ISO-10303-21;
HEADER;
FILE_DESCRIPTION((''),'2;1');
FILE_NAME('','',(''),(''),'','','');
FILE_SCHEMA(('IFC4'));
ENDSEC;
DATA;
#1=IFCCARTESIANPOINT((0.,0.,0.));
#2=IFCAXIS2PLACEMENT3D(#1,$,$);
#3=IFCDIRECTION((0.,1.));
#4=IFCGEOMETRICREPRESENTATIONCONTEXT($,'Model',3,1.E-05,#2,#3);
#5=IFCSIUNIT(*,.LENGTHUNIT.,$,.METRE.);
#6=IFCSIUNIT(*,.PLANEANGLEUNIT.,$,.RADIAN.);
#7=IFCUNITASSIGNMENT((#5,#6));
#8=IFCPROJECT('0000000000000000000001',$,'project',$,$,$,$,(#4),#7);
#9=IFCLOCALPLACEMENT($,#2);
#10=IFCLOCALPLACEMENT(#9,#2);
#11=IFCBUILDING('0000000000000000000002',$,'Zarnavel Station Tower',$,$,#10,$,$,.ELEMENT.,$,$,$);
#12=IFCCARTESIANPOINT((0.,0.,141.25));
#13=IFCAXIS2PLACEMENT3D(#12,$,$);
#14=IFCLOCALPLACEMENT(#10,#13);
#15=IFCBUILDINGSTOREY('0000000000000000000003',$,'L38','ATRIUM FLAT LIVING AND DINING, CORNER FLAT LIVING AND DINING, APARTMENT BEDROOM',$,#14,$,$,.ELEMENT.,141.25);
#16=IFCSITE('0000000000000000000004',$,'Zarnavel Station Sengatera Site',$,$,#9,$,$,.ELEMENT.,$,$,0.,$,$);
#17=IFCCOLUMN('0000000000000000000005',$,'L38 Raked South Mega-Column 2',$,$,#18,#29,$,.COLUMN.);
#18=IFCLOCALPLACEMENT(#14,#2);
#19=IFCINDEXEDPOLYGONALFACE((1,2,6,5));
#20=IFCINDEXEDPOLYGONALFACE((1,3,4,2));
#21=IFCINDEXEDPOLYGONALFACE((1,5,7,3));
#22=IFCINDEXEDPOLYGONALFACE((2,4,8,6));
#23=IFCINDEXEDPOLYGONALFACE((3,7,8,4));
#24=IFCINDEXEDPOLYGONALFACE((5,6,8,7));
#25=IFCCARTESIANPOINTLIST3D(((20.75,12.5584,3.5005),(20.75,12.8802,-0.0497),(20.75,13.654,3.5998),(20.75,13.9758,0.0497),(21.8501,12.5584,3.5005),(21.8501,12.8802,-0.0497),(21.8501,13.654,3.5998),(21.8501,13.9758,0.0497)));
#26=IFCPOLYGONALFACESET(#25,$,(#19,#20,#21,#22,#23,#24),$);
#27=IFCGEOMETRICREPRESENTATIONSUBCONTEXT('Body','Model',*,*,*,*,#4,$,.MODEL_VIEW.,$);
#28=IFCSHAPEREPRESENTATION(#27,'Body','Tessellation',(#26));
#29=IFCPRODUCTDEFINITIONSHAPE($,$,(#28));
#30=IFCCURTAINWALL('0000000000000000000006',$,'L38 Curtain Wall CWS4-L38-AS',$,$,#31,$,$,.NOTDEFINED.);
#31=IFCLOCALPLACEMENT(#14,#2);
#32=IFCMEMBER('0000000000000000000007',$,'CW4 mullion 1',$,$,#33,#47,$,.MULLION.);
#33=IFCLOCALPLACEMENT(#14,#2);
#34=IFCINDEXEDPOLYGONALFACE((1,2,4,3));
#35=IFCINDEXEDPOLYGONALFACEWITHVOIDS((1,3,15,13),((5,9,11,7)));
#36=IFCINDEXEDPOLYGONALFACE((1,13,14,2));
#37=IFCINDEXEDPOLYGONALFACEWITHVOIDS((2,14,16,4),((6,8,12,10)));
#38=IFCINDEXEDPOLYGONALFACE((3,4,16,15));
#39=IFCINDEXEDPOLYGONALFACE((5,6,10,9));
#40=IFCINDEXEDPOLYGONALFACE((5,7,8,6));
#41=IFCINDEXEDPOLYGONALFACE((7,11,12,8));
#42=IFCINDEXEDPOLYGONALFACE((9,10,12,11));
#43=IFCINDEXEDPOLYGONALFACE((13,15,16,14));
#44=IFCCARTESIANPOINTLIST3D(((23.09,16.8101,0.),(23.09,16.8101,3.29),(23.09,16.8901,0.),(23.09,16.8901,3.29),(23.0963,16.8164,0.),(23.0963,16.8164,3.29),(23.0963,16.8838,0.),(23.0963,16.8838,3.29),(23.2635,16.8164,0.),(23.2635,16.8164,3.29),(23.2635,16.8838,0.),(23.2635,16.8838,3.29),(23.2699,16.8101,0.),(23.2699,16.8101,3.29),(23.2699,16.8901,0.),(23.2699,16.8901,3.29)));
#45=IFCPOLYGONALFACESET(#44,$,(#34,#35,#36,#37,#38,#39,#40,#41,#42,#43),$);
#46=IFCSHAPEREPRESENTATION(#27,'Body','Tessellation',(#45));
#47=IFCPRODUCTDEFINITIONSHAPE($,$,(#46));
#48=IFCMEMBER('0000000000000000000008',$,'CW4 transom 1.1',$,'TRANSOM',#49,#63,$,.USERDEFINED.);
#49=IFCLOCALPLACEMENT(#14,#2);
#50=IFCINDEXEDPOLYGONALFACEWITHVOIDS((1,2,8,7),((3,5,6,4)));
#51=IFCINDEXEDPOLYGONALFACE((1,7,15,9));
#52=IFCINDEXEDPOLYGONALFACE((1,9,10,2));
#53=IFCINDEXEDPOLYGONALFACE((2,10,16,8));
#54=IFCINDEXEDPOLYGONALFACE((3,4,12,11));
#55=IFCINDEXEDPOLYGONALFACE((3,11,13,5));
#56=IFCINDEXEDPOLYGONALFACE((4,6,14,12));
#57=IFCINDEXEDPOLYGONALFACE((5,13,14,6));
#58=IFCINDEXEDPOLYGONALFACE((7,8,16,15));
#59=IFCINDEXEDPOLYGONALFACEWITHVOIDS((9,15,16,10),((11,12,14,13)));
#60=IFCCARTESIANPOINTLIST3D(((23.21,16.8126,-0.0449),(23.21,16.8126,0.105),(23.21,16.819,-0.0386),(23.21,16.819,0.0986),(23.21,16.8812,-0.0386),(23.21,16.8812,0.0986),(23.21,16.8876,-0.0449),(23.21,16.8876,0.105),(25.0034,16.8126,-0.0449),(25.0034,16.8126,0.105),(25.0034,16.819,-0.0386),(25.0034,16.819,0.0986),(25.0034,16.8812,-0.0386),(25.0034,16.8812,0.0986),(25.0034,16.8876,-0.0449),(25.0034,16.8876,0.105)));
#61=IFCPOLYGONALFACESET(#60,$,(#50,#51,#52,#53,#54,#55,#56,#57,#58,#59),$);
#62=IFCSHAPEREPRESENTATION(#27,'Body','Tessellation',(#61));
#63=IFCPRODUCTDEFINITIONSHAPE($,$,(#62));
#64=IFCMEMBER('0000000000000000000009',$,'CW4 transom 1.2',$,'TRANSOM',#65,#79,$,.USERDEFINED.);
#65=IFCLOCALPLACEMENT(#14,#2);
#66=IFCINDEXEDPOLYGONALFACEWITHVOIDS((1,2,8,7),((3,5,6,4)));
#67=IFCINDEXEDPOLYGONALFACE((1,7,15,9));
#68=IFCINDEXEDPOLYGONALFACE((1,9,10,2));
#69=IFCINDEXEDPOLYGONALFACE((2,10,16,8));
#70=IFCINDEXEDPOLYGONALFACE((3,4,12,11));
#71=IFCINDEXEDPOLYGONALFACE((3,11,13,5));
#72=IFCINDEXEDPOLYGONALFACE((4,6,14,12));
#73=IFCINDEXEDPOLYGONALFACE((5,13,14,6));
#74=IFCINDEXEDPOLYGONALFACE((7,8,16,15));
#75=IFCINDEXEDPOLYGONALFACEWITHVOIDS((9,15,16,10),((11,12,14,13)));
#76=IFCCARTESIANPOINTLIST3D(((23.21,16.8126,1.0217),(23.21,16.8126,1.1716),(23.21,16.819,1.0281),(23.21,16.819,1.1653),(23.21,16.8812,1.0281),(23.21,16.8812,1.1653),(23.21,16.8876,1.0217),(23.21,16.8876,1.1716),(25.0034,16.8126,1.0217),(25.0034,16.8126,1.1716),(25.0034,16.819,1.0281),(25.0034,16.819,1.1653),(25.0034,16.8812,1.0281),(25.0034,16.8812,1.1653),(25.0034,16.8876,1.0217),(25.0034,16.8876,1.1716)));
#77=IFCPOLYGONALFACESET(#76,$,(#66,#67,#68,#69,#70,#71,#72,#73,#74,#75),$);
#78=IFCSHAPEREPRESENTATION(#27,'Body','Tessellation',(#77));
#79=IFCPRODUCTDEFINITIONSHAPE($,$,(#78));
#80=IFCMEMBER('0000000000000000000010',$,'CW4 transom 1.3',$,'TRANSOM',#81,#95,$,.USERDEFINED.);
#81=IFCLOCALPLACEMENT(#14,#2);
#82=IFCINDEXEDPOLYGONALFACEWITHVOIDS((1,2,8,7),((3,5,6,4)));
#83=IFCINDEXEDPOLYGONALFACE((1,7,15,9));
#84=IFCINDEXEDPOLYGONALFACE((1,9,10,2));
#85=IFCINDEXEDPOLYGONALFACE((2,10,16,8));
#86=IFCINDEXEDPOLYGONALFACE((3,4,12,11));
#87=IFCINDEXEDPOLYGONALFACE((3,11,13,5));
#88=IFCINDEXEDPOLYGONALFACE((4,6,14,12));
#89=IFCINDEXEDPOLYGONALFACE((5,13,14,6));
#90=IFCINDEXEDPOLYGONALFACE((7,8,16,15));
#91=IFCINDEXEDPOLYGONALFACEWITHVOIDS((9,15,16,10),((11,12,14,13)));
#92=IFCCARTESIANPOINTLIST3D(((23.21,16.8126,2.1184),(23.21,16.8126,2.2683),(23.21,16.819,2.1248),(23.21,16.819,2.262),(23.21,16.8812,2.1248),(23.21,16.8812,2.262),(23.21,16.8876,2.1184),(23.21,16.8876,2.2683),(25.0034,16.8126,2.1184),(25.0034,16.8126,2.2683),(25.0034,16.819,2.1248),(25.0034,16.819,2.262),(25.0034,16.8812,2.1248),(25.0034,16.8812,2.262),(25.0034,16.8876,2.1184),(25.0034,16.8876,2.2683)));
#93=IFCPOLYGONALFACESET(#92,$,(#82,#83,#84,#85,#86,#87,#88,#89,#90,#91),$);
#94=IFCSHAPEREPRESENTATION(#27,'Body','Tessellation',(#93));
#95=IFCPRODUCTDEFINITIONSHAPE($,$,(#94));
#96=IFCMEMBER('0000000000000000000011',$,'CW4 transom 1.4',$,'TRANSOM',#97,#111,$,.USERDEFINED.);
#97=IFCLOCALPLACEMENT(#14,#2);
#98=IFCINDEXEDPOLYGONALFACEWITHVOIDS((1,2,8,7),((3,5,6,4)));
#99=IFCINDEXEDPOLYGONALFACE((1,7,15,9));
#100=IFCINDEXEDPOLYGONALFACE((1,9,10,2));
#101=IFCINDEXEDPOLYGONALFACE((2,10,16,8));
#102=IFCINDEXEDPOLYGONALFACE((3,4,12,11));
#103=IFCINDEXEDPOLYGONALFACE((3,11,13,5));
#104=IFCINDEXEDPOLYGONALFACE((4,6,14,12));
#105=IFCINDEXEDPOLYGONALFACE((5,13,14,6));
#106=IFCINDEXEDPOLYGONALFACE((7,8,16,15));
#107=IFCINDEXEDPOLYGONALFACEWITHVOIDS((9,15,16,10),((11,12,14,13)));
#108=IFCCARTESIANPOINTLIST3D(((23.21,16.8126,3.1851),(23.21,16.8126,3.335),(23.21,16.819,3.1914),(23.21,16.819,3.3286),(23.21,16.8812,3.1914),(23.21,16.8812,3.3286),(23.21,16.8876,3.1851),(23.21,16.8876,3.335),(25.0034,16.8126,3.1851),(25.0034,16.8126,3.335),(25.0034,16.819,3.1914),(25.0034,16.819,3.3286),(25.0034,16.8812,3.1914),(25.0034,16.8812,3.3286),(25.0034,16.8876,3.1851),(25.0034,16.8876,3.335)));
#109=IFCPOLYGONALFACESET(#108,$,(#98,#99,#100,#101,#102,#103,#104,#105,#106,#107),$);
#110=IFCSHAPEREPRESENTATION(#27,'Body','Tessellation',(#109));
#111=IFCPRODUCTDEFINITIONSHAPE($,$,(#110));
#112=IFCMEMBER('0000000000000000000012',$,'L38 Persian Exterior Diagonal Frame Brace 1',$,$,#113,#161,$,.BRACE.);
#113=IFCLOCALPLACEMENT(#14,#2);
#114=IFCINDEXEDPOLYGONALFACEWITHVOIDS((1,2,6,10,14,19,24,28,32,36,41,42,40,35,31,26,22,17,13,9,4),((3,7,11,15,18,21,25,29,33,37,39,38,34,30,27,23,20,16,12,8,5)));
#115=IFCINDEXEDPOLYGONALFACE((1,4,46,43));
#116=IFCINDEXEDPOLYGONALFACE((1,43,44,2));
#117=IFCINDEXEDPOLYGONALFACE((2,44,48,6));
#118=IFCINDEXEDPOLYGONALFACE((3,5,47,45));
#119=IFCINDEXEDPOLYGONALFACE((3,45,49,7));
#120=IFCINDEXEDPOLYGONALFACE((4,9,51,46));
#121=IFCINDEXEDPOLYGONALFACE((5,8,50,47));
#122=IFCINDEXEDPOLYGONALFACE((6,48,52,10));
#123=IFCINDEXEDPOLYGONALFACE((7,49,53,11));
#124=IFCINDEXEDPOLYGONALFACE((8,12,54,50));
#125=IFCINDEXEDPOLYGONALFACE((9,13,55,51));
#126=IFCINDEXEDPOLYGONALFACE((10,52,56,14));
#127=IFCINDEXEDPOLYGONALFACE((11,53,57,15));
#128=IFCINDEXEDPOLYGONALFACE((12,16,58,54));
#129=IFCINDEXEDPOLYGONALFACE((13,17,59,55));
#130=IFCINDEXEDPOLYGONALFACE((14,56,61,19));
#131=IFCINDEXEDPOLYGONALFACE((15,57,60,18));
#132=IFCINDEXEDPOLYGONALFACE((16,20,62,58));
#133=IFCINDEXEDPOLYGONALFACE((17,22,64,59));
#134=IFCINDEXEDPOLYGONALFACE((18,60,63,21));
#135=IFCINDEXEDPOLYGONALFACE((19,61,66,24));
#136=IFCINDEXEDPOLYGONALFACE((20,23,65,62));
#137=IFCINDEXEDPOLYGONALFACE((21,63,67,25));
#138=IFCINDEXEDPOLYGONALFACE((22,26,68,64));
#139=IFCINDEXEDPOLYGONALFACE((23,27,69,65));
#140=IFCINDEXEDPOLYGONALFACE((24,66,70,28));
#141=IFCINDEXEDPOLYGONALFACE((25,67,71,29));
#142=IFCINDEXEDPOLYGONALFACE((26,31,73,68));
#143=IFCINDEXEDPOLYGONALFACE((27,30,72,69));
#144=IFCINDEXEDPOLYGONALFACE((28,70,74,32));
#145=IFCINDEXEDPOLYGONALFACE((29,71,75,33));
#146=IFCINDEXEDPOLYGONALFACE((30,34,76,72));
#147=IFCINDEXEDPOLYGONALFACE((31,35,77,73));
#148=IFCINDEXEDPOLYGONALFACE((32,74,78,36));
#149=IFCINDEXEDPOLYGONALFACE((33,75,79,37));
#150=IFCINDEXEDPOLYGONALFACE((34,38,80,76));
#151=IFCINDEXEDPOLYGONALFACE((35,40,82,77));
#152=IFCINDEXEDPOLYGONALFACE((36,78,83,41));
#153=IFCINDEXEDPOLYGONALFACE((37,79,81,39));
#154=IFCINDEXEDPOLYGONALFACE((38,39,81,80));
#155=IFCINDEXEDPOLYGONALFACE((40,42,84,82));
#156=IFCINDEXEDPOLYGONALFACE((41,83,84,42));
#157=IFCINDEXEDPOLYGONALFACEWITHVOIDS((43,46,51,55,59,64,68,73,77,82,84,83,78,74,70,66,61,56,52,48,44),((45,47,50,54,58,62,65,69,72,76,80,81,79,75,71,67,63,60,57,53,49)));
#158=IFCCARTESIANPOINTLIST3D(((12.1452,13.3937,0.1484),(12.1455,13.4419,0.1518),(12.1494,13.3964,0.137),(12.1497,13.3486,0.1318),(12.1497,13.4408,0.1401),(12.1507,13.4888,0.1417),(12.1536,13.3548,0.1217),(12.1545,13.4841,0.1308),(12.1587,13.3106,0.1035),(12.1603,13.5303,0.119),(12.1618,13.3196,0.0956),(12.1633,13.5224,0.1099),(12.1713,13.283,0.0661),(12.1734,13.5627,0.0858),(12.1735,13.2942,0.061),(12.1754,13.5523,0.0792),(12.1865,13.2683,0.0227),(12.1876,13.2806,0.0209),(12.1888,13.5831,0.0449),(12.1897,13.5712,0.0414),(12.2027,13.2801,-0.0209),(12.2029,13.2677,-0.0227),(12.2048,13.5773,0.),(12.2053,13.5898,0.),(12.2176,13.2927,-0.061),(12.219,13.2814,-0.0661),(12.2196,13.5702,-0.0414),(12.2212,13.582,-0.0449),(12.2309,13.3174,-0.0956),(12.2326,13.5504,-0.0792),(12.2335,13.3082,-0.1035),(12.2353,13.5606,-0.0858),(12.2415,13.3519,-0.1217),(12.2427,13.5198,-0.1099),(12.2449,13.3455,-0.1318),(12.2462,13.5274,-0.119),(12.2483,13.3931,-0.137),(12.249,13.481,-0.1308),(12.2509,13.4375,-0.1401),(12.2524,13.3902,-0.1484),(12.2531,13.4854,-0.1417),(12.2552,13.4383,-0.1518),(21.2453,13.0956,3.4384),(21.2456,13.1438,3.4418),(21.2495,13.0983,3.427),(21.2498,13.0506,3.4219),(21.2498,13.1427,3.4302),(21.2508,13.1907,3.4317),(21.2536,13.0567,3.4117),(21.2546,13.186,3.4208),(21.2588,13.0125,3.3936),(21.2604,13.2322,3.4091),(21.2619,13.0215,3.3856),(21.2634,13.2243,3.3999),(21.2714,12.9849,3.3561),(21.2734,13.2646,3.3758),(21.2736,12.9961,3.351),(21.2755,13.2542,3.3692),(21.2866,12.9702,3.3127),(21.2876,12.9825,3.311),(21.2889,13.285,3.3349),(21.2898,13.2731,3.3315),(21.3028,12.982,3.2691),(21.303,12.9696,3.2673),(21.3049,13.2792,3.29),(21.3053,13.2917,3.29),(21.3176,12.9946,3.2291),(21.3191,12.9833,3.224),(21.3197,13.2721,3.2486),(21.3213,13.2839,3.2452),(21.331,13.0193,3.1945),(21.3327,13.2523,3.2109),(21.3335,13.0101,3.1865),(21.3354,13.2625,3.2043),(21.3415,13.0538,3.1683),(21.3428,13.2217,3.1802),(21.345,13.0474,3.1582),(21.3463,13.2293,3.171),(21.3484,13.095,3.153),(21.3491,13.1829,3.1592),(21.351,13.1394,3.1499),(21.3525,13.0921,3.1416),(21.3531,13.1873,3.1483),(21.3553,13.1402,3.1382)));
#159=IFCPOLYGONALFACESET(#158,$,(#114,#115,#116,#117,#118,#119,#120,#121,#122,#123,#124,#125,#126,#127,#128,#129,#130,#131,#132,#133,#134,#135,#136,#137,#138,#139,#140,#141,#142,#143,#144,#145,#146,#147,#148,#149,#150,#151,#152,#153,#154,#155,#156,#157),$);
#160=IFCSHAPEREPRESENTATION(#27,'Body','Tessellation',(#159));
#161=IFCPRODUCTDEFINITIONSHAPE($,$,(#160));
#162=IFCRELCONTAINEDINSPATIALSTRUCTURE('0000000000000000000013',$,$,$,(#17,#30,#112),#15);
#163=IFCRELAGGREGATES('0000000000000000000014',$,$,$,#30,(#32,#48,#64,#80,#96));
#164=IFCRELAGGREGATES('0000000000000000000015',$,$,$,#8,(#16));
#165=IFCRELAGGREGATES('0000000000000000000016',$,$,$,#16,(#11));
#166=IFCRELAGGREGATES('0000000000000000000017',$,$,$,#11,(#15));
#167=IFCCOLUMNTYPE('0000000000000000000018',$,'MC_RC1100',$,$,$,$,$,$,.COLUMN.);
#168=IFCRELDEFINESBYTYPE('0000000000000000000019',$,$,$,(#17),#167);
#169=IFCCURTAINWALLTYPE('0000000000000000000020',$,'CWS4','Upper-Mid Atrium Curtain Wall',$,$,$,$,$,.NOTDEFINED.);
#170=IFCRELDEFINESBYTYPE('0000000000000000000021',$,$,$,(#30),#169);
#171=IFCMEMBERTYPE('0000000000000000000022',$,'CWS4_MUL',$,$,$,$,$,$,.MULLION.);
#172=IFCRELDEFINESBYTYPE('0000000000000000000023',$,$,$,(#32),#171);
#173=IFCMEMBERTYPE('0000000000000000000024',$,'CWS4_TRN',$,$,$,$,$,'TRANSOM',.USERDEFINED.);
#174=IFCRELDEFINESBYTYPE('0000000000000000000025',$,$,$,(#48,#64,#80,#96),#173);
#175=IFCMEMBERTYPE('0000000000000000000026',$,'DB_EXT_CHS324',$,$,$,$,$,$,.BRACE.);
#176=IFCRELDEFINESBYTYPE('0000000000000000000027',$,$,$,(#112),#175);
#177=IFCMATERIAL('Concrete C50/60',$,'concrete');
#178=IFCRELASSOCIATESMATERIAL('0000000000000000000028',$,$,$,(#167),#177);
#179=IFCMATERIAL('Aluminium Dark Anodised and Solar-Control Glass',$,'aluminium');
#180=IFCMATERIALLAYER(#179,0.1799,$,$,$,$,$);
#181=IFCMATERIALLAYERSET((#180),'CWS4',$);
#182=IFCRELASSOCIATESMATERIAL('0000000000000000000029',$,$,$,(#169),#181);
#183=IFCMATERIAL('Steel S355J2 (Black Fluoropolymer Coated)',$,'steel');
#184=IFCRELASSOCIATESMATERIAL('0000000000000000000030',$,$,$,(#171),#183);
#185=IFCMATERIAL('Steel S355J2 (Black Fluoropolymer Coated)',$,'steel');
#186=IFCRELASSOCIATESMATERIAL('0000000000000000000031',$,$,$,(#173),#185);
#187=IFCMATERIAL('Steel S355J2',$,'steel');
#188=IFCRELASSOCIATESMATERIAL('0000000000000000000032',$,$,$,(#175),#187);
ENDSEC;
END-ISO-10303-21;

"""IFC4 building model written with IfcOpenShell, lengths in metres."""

from ifc_helpers import new_model, si_unit, direction, frame, origin, origin_2d, place, context, subcontext, project, spatial, rectangle, hollow_rectangle, hollow_circle, extrude, material, layer, layer_set, material_profile, profile_set, type_object, element, aggregate, save


model = new_model("IFC4")

# Units and contexts
model_context = context("Model", 3, precision=1e-05, world=origin(), true_north=direction((0.0, 1.0)))
body_context = subcontext(model_context, "Body", "Model", "MODEL_VIEW")
ifc_project = project(units=[si_unit("LENGTHUNIT", "METRE"), si_unit("PLANEANGLEUNIT", "RADIAN")], contexts=[model_context])

# Site, building, storey
site_placement = place(None, origin())
site = spatial("IfcSite", under=ifc_project, at=site_placement, Name="Zarnavel Station Sengatera Site", CompositionType="ELEMENT", RefElevation=0.0)
building_placement = place(site_placement, origin())
building = spatial("IfcBuilding", under=site, at=building_placement, Name="Zarnavel Station Tower", CompositionType="ELEMENT")
storey_placement = place(building_placement, frame((0.0, 0.0, 141.25)))
storey = spatial("IfcBuildingStorey", under=building, at=storey_placement, Name="L38", Description="ATRIUM FLAT LIVING AND DINING, CORNER FLAT LIVING AND DINING, APARTMENT BEDROOM", CompositionType="ELEMENT", Elevation=141.25)

# Column
ifc_material_1 = material(Name="Concrete C50/60", Category="concrete")
ifc_material_profile_1 = material_profile(ifc_material_1, rectangle(XDim=1.1001, YDim=1.1001, at=origin_2d()), Name="RC1100x1100")
ifc_profile_set_1 = profile_set([ifc_material_profile_1], Name="Concrete C50/60")
column_type = type_object("IfcColumnType", Name="MC_RC1100", PredefinedType="COLUMN", material=ifc_profile_set_1)
column_placement = place(storey_placement, frame((21.3, 13.428, 0.0), z_axis=(0.0, -0.09027, 0.995917), x_axis=(1.0, 0.0, 0.0)))
element("IfcColumn", 1, at=column_placement, inside=storey, type_object=column_type, Name="L38 Raked South Mega-Column 2", PredefinedType="COLUMN", context=body_context, shape_type="SweptSolid", body=[
    extrude(rectangle(XDim=1.1001, YDim=1.1001, at=origin_2d()), origin(), (0.0, 0.0, 1.0), 3.5647),
])

# Curtain wall, members
ifc_material_2 = material(Name="Aluminium Dark Anodised and Solar-Control Glass", Category="aluminium")
ifc_layer_1 = layer(ifc_material_2, 0.1799)
ifc_layer_set_1 = layer_set([ifc_layer_1], Name="CWS4")
curtain_wall_type = type_object("IfcCurtainWallType", Name="CWS4", Description="Upper-Mid Atrium Curtain Wall", PredefinedType="NOTDEFINED", material=ifc_layer_set_1)
curtain_wall_placement = place(storey_placement, origin())
curtain_wall = element("IfcCurtainWall", 2, at=curtain_wall_placement, inside=storey, type_object=curtain_wall_type, Name="L38 Curtain Wall CWS4-L38-AS", PredefinedType="NOTDEFINED")
ifc_material_3 = material(Name="Steel S355J2 (Black Fluoropolymer Coated)", Category="steel")
ifc_material_profile_2 = material_profile(ifc_material_3, hollow_rectangle(XDim=0.0801, YDim=0.1799, WallThickness=0.0063, at=origin_2d()), Name="RHS180x80x6.3")
ifc_profile_set_2 = profile_set([ifc_material_profile_2], Name="Steel S355J2 (Black Fluoropolymer Coated)")
member_type_1 = type_object("IfcMemberType", Name="CWS4_MUL", PredefinedType="MULLION", material=ifc_profile_set_2)
member_1_placement = place(storey_placement, frame((23.1799, 16.8501, 0.0), z_axis=(0.0, 0.0, 1.0), x_axis=(0.0, 1.0, 0.0)))
member_1 = element("IfcMember", 3, at=member_1_placement, type_object=member_type_1, Name="CW4 mullion 1", PredefinedType="MULLION", context=body_context, shape_type="SweptSolid", body=[
    extrude(hollow_rectangle(XDim=0.0801, YDim=0.1799, WallThickness=0.0063, at=origin_2d()), origin(), (0.0, 0.0, 1.0), 3.29),
])
ifc_material_4 = material(Name="Steel S355J2 (Black Fluoropolymer Coated)", Category="steel")
ifc_material_profile_3 = material_profile(ifc_material_4, hollow_rectangle(XDim=0.075, YDim=0.1499, WallThickness=0.0063, at=origin_2d()), Name="RHS150x75x6.3")
ifc_profile_set_3 = profile_set([ifc_material_profile_3], Name="Steel S355J2 (Black Fluoropolymer Coated)")
member_type_2 = type_object("IfcMemberType", Name="CWS4_TRN", ElementType="TRANSOM", PredefinedType="USERDEFINED", material=ifc_profile_set_3)
member_2_placement = place(storey_placement, frame((23.21, 16.8501, 0.03), z_axis=(1.0, 0.0, 0.0), x_axis=(0.0, 1.0, 0.0)))
member_2 = element("IfcMember", 4, at=member_2_placement, type_object=member_type_2, Name="CW4 transom 1.1", ObjectType="TRANSOM", PredefinedType="USERDEFINED", context=body_context, shape_type="SweptSolid", body=[
    extrude(hollow_rectangle(XDim=0.075, YDim=0.1499, WallThickness=0.0063, at=origin_2d()), origin(), (0.0, 0.0, 1.0), 1.7935),
])
member_3_placement = place(storey_placement, frame((23.21, 16.8501, 1.0967), z_axis=(1.0, 0.0, 0.0), x_axis=(0.0, 1.0, 0.0)))
member_3 = element("IfcMember", 5, at=member_3_placement, type_object=member_type_2, Name="CW4 transom 1.2", ObjectType="TRANSOM", PredefinedType="USERDEFINED", context=body_context, shape_type="SweptSolid", body=[
    extrude(hollow_rectangle(XDim=0.075, YDim=0.1499, WallThickness=0.0063, at=origin_2d()), origin(), (0.0, 0.0, 1.0), 1.7935),
])
member_4_placement = place(storey_placement, frame((23.21, 16.8501, 2.1934), z_axis=(1.0, 0.0, 0.0), x_axis=(0.0, 1.0, 0.0)))
member_4 = element("IfcMember", 6, at=member_4_placement, type_object=member_type_2, Name="CW4 transom 1.3", ObjectType="TRANSOM", PredefinedType="USERDEFINED", context=body_context, shape_type="SweptSolid", body=[
    extrude(hollow_rectangle(XDim=0.075, YDim=0.1499, WallThickness=0.0063, at=origin_2d()), origin(), (0.0, 0.0, 1.0), 1.7935),
])
member_5_placement = place(storey_placement, frame((23.21, 16.8501, 3.26), z_axis=(1.0, 0.0, 0.0), x_axis=(0.0, 1.0, 0.0)))
member_5 = element("IfcMember", 7, at=member_5_placement, type_object=member_type_2, Name="CW4 transom 1.4", ObjectType="TRANSOM", PredefinedType="USERDEFINED", context=body_context, shape_type="SweptSolid", body=[
    extrude(hollow_rectangle(XDim=0.075, YDim=0.1499, WallThickness=0.0063, at=origin_2d()), origin(), (0.0, 0.0, 1.0), 1.7935),
])
aggregate(curtain_wall, [member_1, member_2, member_3, member_4, member_5])

# Member
ifc_material_5 = material(Name="Steel S355J2", Category="steel")
ifc_material_profile_4 = material_profile(ifc_material_5, hollow_circle(Radius=0.1619, WallThickness=0.0125, at=origin_2d()), Name="CHS323.9x12.5")
ifc_profile_set_4 = profile_set([ifc_material_profile_4], Name="Steel S355J2")
member_type_3 = type_object("IfcMemberType", Name="DB_EXT_CHS324", PredefinedType="BRACE", material=ifc_profile_set_4)
member_6_placement = place(storey_placement, frame((12.2, 13.428, 0.0), z_axis=(0.939979, -0.030791, 0.339839), x_axis=(0.03274, 0.999464, 0.0)))
element("IfcMember", 8, at=member_6_placement, inside=storey, type_object=member_type_3, Name="L38 Persian Exterior Diagonal Frame Brace 1", PredefinedType="BRACE", context=body_context, shape_type="SweptSolid", body=[
    extrude(hollow_circle(Radius=0.1619, WallThickness=0.0125, at=origin_2d()), origin(), (0.0, 0.0, 1.0), 9.6812),
])

save(model, "model.ifc")
